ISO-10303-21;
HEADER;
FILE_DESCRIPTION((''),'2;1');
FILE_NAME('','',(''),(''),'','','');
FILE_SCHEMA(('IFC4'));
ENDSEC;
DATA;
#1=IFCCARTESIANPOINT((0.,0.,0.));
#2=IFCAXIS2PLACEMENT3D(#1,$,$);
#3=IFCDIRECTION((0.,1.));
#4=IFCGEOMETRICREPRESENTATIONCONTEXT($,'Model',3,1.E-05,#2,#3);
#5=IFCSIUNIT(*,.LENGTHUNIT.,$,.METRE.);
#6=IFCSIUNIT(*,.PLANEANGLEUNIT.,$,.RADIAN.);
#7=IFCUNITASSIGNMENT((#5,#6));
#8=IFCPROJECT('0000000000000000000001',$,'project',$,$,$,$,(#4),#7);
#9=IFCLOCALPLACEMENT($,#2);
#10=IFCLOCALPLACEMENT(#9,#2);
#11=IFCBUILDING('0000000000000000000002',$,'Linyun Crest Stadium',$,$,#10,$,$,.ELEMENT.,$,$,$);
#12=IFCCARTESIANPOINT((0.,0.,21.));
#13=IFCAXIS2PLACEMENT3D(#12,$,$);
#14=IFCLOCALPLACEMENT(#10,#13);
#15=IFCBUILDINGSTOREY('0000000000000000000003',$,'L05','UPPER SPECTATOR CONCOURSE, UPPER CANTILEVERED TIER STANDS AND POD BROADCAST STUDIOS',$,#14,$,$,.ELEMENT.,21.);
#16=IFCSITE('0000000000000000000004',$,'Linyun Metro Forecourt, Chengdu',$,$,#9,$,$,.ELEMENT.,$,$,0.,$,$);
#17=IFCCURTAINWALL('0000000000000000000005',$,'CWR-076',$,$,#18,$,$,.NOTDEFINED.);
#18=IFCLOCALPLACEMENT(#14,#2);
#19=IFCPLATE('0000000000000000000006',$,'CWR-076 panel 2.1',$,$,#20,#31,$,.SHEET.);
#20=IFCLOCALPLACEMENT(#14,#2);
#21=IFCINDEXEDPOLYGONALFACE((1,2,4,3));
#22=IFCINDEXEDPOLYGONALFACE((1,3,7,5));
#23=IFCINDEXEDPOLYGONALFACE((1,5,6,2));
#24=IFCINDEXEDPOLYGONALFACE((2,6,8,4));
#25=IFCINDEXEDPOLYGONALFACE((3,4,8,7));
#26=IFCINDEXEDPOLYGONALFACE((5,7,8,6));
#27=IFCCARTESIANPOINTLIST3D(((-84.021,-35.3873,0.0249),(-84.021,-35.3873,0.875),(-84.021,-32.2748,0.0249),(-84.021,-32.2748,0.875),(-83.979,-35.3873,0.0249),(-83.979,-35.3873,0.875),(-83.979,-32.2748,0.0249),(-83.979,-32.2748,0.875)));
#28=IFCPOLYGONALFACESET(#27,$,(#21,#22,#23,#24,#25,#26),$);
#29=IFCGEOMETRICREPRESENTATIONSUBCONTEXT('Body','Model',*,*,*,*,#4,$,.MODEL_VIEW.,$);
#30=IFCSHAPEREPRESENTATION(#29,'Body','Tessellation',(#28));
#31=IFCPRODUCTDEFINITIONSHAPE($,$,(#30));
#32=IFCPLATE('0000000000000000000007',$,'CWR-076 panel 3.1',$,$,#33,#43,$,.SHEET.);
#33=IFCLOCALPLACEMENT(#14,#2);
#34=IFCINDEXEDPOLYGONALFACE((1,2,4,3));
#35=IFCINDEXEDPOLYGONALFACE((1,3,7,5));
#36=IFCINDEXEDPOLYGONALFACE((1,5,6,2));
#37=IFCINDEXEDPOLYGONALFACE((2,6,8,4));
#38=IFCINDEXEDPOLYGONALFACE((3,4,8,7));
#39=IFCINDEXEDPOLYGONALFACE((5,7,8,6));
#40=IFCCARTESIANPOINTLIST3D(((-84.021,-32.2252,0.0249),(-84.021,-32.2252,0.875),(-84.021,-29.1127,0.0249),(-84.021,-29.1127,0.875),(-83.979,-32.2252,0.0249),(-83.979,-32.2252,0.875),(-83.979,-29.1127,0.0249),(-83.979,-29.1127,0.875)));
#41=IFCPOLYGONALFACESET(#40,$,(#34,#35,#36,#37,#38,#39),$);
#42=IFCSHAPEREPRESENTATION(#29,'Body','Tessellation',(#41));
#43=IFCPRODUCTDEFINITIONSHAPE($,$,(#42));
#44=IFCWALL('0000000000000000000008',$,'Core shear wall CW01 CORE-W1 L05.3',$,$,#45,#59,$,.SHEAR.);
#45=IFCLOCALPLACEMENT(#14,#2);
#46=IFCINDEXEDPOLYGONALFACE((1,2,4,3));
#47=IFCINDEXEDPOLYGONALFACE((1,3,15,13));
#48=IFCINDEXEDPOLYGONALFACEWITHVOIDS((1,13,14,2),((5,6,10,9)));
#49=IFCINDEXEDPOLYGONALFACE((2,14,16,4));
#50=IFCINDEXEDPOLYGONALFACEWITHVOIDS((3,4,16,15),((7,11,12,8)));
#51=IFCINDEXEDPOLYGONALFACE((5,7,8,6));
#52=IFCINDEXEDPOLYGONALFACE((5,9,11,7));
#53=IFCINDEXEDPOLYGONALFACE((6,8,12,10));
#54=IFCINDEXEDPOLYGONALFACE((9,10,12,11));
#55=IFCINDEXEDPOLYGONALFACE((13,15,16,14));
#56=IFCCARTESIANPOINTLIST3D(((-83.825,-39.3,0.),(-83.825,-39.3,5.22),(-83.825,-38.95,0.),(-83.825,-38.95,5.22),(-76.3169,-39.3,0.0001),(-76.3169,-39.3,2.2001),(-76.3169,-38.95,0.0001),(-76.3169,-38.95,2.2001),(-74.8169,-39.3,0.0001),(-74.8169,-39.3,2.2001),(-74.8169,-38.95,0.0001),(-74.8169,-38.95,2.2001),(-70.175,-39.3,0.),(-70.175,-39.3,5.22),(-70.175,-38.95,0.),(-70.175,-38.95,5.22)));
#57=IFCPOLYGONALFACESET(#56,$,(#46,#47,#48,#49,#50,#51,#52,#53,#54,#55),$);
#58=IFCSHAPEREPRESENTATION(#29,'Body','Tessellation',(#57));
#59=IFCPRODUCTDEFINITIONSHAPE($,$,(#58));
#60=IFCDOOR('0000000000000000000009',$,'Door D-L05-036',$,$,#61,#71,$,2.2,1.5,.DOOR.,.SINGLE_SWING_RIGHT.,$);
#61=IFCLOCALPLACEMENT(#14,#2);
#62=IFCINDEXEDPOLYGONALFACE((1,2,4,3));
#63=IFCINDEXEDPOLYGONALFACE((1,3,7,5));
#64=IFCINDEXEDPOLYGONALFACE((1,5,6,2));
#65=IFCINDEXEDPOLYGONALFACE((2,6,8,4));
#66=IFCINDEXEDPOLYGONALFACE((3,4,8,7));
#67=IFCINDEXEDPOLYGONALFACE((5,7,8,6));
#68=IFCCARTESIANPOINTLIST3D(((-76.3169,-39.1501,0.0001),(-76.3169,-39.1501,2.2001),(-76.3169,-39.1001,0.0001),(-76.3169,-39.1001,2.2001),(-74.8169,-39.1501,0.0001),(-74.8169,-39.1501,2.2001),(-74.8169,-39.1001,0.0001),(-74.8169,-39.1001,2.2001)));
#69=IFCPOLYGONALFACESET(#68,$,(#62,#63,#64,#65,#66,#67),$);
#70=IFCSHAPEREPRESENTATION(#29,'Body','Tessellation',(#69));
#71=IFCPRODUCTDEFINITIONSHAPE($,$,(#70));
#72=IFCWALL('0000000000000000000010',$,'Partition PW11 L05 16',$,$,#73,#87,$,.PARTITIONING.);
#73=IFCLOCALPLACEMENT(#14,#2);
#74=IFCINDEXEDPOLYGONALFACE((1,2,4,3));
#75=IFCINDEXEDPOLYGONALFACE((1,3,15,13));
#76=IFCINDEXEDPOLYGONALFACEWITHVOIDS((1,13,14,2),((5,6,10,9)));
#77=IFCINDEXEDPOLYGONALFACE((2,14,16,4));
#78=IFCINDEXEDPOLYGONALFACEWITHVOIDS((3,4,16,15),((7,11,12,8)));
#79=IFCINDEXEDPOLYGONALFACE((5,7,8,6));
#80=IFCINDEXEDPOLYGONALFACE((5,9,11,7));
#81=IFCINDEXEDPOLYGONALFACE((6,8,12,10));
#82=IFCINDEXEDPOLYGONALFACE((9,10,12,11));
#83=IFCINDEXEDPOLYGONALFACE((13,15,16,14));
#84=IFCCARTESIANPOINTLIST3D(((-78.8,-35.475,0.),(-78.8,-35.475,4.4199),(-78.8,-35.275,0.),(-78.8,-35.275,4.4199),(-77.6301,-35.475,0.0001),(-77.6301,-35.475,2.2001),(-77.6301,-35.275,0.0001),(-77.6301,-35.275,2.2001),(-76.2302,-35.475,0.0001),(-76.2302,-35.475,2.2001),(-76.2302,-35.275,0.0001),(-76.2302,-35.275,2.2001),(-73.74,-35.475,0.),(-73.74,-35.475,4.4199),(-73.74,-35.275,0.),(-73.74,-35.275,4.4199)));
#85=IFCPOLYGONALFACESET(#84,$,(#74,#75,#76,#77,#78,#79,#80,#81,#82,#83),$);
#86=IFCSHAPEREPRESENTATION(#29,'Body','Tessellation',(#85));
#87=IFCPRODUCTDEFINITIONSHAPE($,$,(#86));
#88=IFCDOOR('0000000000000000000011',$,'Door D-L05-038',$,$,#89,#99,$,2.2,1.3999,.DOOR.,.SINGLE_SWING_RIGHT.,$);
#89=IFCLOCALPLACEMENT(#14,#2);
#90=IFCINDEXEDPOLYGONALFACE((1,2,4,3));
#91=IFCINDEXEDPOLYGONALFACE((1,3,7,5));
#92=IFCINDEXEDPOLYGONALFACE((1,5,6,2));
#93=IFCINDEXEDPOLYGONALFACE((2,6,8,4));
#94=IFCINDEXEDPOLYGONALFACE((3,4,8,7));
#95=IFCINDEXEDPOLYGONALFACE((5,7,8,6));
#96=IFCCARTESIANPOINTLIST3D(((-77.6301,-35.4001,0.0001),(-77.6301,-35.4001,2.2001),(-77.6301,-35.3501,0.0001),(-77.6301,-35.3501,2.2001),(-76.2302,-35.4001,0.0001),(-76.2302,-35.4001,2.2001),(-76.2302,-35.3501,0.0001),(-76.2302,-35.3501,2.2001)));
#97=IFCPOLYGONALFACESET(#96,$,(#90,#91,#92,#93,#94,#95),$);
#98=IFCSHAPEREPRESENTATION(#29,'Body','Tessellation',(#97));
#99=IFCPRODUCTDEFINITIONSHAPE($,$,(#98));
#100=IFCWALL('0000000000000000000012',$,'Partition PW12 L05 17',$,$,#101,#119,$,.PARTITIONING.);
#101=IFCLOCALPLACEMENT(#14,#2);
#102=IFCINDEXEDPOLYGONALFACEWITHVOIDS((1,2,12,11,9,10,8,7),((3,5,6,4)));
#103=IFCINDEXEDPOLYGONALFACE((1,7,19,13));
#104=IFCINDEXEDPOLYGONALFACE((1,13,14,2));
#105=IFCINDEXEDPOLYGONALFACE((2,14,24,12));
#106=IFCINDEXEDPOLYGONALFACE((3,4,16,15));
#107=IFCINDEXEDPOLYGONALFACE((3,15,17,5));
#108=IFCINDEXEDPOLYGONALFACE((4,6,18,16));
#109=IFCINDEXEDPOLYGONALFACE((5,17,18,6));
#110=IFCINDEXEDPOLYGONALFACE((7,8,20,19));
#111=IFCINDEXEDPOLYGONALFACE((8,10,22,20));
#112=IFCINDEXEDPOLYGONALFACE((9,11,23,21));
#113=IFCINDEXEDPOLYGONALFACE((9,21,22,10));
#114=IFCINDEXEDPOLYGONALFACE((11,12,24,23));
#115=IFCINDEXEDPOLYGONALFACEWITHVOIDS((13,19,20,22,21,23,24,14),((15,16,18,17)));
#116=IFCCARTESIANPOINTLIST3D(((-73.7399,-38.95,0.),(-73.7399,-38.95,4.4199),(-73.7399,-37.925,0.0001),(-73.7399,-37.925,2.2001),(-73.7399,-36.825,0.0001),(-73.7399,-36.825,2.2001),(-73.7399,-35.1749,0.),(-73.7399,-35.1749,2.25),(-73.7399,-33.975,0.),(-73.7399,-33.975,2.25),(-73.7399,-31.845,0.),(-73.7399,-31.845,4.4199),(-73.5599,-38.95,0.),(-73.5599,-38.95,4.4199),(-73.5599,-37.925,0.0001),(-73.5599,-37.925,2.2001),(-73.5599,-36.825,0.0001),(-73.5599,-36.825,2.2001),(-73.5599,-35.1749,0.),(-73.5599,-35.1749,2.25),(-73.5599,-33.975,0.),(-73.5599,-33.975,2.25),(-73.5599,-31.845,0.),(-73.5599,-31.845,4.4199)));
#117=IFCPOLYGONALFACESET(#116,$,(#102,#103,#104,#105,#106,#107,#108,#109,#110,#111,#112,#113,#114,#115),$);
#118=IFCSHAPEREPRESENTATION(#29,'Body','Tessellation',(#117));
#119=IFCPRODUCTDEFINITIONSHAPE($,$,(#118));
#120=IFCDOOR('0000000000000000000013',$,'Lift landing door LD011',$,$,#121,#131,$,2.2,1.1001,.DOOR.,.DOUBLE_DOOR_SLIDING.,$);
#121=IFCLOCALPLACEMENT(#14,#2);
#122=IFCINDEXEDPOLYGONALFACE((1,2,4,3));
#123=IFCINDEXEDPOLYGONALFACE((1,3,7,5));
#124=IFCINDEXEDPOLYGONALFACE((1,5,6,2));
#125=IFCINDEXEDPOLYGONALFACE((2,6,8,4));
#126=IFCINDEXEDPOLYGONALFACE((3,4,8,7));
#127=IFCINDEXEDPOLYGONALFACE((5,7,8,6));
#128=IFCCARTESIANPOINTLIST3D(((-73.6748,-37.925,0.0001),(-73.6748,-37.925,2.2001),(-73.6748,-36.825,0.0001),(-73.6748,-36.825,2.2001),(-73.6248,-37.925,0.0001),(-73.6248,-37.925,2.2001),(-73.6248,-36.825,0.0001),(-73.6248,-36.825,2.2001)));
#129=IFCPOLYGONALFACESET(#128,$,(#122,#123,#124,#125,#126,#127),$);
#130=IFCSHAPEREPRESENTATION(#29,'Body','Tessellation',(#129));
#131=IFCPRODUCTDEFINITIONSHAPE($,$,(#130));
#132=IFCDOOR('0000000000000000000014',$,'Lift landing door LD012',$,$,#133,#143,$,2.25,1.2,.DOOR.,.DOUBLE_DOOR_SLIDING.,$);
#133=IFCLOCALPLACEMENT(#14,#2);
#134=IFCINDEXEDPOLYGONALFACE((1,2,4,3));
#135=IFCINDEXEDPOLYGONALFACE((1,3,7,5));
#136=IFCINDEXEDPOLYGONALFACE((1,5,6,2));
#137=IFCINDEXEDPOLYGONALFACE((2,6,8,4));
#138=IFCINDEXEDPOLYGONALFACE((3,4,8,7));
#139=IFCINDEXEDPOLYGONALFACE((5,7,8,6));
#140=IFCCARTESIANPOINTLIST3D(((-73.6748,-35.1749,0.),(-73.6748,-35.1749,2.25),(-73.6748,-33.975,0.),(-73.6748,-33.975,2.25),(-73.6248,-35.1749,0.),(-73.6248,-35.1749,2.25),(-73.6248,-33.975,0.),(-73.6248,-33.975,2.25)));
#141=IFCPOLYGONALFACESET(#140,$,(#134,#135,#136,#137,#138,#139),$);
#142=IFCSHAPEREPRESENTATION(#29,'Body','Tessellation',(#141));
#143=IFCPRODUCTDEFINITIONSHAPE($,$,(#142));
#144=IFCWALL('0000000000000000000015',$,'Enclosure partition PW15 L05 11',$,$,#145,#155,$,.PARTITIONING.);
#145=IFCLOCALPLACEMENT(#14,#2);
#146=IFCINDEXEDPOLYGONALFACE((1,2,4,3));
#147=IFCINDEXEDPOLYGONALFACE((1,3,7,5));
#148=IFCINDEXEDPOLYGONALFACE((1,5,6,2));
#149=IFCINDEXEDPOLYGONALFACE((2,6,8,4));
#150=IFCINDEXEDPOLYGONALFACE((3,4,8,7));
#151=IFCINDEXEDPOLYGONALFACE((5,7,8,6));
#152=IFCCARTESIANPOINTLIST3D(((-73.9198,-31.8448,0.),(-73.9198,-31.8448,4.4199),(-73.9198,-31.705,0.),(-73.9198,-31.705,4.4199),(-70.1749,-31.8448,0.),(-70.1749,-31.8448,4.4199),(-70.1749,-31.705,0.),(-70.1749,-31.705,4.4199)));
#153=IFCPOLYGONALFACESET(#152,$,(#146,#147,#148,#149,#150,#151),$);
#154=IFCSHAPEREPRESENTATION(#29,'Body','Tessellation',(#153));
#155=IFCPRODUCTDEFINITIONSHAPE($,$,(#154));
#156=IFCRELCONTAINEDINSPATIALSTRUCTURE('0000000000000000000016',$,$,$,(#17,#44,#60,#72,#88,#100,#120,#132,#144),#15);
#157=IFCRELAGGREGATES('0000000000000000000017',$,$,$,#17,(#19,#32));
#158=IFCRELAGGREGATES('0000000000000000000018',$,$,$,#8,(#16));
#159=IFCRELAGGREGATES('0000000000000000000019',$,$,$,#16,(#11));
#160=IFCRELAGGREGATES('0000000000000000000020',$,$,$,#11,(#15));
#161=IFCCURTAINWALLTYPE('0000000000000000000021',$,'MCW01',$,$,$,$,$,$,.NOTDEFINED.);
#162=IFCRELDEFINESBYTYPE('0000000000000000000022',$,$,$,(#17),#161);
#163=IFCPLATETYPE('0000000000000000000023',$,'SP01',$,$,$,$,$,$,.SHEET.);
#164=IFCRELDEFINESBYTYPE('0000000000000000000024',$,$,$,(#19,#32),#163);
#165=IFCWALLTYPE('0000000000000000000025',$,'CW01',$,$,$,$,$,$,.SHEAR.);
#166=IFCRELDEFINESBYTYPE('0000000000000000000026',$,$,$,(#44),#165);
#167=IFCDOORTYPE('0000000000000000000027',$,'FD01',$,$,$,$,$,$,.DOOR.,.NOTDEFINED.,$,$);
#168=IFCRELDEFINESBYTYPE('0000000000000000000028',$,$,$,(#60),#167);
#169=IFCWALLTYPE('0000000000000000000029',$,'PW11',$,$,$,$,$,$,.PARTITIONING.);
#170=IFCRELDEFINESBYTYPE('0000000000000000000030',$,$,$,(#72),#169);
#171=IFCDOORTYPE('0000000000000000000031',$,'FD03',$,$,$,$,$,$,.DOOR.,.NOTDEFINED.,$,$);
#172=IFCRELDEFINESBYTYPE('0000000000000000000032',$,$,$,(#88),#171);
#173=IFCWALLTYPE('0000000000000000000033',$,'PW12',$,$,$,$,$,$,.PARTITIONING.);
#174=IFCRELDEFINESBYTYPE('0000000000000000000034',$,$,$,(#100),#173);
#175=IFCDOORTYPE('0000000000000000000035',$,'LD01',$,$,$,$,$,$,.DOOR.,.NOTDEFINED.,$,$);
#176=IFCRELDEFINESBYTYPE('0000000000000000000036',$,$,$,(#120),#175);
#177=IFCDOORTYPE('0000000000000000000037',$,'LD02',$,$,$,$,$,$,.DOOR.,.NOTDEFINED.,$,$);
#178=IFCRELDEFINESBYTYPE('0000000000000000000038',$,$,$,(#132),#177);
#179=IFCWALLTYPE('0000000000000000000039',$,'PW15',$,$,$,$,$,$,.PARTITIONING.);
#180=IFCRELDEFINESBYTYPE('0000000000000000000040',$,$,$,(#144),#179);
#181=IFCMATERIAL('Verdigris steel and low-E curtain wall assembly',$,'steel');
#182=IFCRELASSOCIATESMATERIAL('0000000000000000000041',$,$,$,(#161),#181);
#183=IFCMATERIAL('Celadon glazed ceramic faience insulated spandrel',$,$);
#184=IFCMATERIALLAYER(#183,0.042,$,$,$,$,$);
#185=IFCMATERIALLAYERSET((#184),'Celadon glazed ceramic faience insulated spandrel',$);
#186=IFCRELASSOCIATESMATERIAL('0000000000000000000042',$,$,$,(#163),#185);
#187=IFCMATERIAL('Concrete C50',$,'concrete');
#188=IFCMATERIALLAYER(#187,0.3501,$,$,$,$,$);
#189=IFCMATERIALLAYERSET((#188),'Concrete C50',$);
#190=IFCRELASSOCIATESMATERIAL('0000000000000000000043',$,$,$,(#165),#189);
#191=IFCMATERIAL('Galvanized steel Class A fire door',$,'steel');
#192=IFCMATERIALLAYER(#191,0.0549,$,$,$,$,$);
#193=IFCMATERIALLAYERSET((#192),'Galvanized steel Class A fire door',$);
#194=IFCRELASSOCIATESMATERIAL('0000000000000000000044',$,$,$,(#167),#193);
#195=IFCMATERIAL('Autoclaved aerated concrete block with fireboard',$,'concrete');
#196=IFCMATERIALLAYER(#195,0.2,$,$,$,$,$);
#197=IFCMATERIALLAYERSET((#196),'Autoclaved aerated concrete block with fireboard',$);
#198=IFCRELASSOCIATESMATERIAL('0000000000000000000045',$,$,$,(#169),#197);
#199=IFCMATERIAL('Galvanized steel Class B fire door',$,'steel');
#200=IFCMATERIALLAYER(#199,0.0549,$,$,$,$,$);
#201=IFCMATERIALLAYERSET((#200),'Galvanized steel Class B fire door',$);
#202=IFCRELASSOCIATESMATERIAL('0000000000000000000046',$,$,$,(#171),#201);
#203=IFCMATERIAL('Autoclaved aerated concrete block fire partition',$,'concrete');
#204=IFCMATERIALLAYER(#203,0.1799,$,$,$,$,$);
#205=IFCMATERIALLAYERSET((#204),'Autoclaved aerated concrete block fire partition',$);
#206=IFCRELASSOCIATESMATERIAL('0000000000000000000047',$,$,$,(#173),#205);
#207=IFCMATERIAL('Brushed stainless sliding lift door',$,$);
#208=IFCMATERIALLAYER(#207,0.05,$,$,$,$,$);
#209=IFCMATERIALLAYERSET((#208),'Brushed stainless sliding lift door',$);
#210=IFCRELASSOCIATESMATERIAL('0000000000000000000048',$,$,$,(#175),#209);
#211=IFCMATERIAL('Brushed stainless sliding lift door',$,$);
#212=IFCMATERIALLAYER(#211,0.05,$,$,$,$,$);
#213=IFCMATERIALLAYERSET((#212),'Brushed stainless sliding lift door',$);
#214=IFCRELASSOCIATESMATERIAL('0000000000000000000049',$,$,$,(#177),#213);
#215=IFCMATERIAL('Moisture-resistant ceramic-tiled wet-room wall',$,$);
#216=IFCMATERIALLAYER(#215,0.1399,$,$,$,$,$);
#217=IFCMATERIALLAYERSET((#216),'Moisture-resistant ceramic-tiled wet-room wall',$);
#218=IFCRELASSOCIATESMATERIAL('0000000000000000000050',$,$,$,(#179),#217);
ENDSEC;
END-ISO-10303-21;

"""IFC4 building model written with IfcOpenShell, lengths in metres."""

from ifc_helpers import new_model, si_unit, direction, frame, frame_2d, origin, origin_2d, place, context, subcontext, project, spatial, rectangle, extrude, material, layer, layer_set, type_object, element, fill, aggregate, save


model = new_model("IFC4")

# Units and contexts
model_context = context("Model", 3, precision=1e-05, world=origin(), true_north=direction((0.0, 1.0)))
body_context = subcontext(model_context, "Body", "Model", "MODEL_VIEW")
ifc_project = project(units=[si_unit("LENGTHUNIT", "METRE"), si_unit("PLANEANGLEUNIT", "RADIAN")], contexts=[model_context])

# Site, building, storey
site_placement = place(None, origin())
site = spatial("IfcSite", under=ifc_project, at=site_placement, Name="Linyun Metro Forecourt, Chengdu", CompositionType="ELEMENT", RefElevation=0.0)
building_placement = place(site_placement, origin())
building = spatial("IfcBuilding", under=site, at=building_placement, Name="Linyun Crest Stadium", CompositionType="ELEMENT")
storey_placement = place(building_placement, frame((0.0, 0.0, 21.0)))
storey = spatial("IfcBuildingStorey", under=building, at=storey_placement, Name="L05", Description="UPPER SPECTATOR CONCOURSE, UPPER CANTILEVERED TIER STANDS AND POD BROADCAST STUDIOS", CompositionType="ELEMENT", Elevation=21.0)

# Curtain wall
ifc_material_1 = material(Name="Verdigris steel and low-E curtain wall assembly", Category="steel")
curtain_wall_type = type_object("IfcCurtainWallType", Name="MCW01", PredefinedType="NOTDEFINED", material=ifc_material_1)
curtain_wall_placement = place(storey_placement, origin())
curtain_wall = element("IfcCurtainWall", 1, at=curtain_wall_placement, inside=storey, type_object=curtain_wall_type, Name="CWR-076", PredefinedType="NOTDEFINED")

# Plates
ifc_material_2 = material(Name="Celadon glazed ceramic faience insulated spandrel")
ifc_layer_1 = layer(ifc_material_2, 0.042)
ifc_layer_set_1 = layer_set([ifc_layer_1], Name="Celadon glazed ceramic faience insulated spandrel")
plate_type_1 = type_object("IfcPlateType", Name="SP01", PredefinedType="SHEET", material=ifc_layer_set_1)
plate_1_placement = place(storey_placement, frame((-84.0, -33.8311, 0.0249), z_axis=(0.0, 0.0, 1.0), x_axis=(0.0, 1.0, 0.0)))
plate_1 = element("IfcPlate", 2, at=plate_1_placement, type_object=plate_type_1, Name="CWR-076 panel 2.1", PredefinedType="SHEET", context=body_context, shape_type="SweptSolid", body=[
    extrude(rectangle(XDim=3.1125, YDim=0.042, at=origin_2d()), origin(), (0.0, 0.0, 1.0), 0.8501),
])
plate_2_placement = place(storey_placement, frame((-84.0, -30.6689, 0.0249), z_axis=(0.0, 0.0, 1.0), x_axis=(0.0, 1.0, 0.0)))
plate_2 = element("IfcPlate", 3, at=plate_2_placement, type_object=plate_type_1, Name="CWR-076 panel 3.1", PredefinedType="SHEET", context=body_context, shape_type="SweptSolid", body=[
    extrude(rectangle(XDim=3.1125, YDim=0.042, at=origin_2d()), origin(), (0.0, 0.0, 1.0), 0.8501),
])
aggregate(curtain_wall, [plate_1, plate_2])

# Walls, openings, doors
ifc_material_3 = material(Name="Concrete C50", Category="concrete")
ifc_layer_2 = layer(ifc_material_3, 0.3501)
ifc_layer_set_2 = layer_set([ifc_layer_2], Name="Concrete C50")
wall_type_1 = type_object("IfcWallType", Name="CW01", PredefinedType="SHEAR", material=ifc_layer_set_2)
wall_1_placement = place(storey_placement, frame((-83.825, -39.125, 0.0), z_axis=(0.0, 0.0, 1.0), x_axis=(1.0, 0.0, 0.0)))
wall_1 = element("IfcWall", 4, at=wall_1_placement, inside=storey, type_object=wall_type_1, Name="Core shear wall CW01 CORE-W1 L05.3", PredefinedType="SHEAR", context=body_context, shape_type="SweptSolid", body=[
    extrude(rectangle(XDim=13.6499, YDim=0.3501, at=frame_2d((6.825, 0.0))), origin(), (0.0, 0.0, 1.0), 5.22),
])
opening_1_placement = place(wall_1_placement, frame((7.5081, 0.0, 0.0)))
opening_1 = element("IfcOpeningElement", 5, at=opening_1_placement, cuts=wall_1, PredefinedType="OPENING", context=body_context, shape_type="SweptSolid", body=[
    extrude(rectangle(XDim=1.5, YDim=2.2, at=frame_2d((0.75, 1.1001))), frame((0.0, 0.1851, 0.0), z_axis=(0.0, -1.0, 0.0), x_axis=(1.0, 0.0, 0.0)), (0.0, 0.0, 1.0), 0.3701),
])
ifc_material_4 = material(Name="Galvanized steel Class A fire door", Category="steel")
ifc_layer_3 = layer(ifc_material_4, 0.0549)
ifc_layer_set_3 = layer_set([ifc_layer_3], Name="Galvanized steel Class A fire door")
door_type_1 = type_object("IfcDoorType", Name="FD01", OperationType="NOTDEFINED", PredefinedType="DOOR", material=ifc_layer_set_3)
door_1_placement = place(opening_1_placement, origin())
door_1 = element("IfcDoor", 6, at=door_1_placement, inside=storey, type_object=door_type_1, Name="Door D-L05-036", OperationType="SINGLE_SWING_RIGHT", OverallHeight=2.2, OverallWidth=1.5, PredefinedType="DOOR", context=body_context, shape_type="SweptSolid", body=[
    extrude(rectangle(XDim=1.5, YDim=2.2, at=frame_2d((0.75, 1.1001))), frame((0.0, 0.0249, 0.0), z_axis=(0.0, -1.0, 0.0), x_axis=(1.0, 0.0, 0.0)), (0.0, 0.0, 1.0), 0.05),
])
fill(opening_1, door_1)
ifc_material_5 = material(Name="Autoclaved aerated concrete block with fireboard", Category="concrete")
ifc_layer_4 = layer(ifc_material_5, 0.2)
ifc_layer_set_4 = layer_set([ifc_layer_4], Name="Autoclaved aerated concrete block with fireboard")
wall_type_2 = type_object("IfcWallType", Name="PW11", PredefinedType="PARTITIONING", material=ifc_layer_set_4)
wall_2_placement = place(storey_placement, frame((-78.8, -35.375, 0.0), z_axis=(0.0, 0.0, 1.0), x_axis=(1.0, 0.0, 0.0)))
wall_2 = element("IfcWall", 7, at=wall_2_placement, inside=storey, type_object=wall_type_2, Name="Partition PW11 L05 16", PredefinedType="PARTITIONING", context=body_context, shape_type="SweptSolid", body=[
    extrude(rectangle(XDim=5.0601, YDim=0.2, at=frame_2d((2.53, 0.0))), origin(), (0.0, 0.0, 1.0), 4.4199),
])
opening_2_placement = place(wall_2_placement, frame((1.1699, 0.0, 0.0)))
opening_2 = element("IfcOpeningElement", 8, at=opening_2_placement, cuts=wall_2, PredefinedType="OPENING", context=body_context, shape_type="SweptSolid", body=[
    extrude(rectangle(XDim=1.3999, YDim=2.2, at=frame_2d((0.7, 1.1001))), frame((0.0, 0.1099, 0.0), z_axis=(0.0, -1.0, 0.0), x_axis=(1.0, 0.0, 0.0)), (0.0, 0.0, 1.0), 0.22),
])
ifc_material_6 = material(Name="Galvanized steel Class B fire door", Category="steel")
ifc_layer_5 = layer(ifc_material_6, 0.0549)
ifc_layer_set_5 = layer_set([ifc_layer_5], Name="Galvanized steel Class B fire door")
door_type_2 = type_object("IfcDoorType", Name="FD03", OperationType="NOTDEFINED", PredefinedType="DOOR", material=ifc_layer_set_5)
door_2_placement = place(opening_2_placement, origin())
door_2 = element("IfcDoor", 9, at=door_2_placement, inside=storey, type_object=door_type_2, Name="Door D-L05-038", OperationType="SINGLE_SWING_RIGHT", OverallHeight=2.2, OverallWidth=1.3999, PredefinedType="DOOR", context=body_context, shape_type="SweptSolid", body=[
    extrude(rectangle(XDim=1.3999, YDim=2.2, at=frame_2d((0.7, 1.1001))), frame((0.0, 0.0249, 0.0), z_axis=(0.0, -1.0, 0.0), x_axis=(1.0, 0.0, 0.0)), (0.0, 0.0, 1.0), 0.05),
])
fill(opening_2, door_2)

# Wall, openings, doors
ifc_material_7 = material(Name="Autoclaved aerated concrete block fire partition", Category="concrete")
ifc_layer_6 = layer(ifc_material_7, 0.1799)
ifc_layer_set_6 = layer_set([ifc_layer_6], Name="Autoclaved aerated concrete block fire partition")
wall_type_3 = type_object("IfcWallType", Name="PW12", PredefinedType="PARTITIONING", material=ifc_layer_set_6)
wall_3_placement = place(storey_placement, frame((-73.6499, -38.95, 0.0), z_axis=(0.0, 0.0, 1.0), x_axis=(0.0, 1.0, 0.0)))
wall_3 = element("IfcWall", 10, at=wall_3_placement, inside=storey, type_object=wall_type_3, Name="Partition PW12 L05 17", PredefinedType="PARTITIONING", context=body_context, shape_type="SweptSolid", body=[
    extrude(rectangle(XDim=7.105, YDim=0.1799, at=frame_2d((3.5525, 0.0))), origin(), (0.0, 0.0, 1.0), 4.4199),
])
opening_3_placement = place(wall_3_placement, frame((1.0249, 0.0, 0.0)))
opening_3 = element("IfcOpeningElement", 11, at=opening_3_placement, cuts=wall_3, PredefinedType="OPENING", context=body_context, shape_type="SweptSolid", body=[
    extrude(rectangle(XDim=1.1001, YDim=2.2, at=frame_2d((0.55, 1.1001))), frame((0.0, 0.0999, 0.0), z_axis=(0.0, -1.0, 0.0), x_axis=(1.0, 0.0, 0.0)), (0.0, 0.0, 1.0), 0.2),
])
opening_4_placement = place(wall_3_placement, frame((3.7749, 0.0, 0.0)))
opening_4 = element("IfcOpeningElement", 12, at=opening_4_placement, cuts=wall_3, PredefinedType="OPENING", context=body_context, shape_type="SweptSolid", body=[
    extrude(rectangle(XDim=1.2, YDim=2.25, at=frame_2d((0.6001, 1.125))), frame((0.0, 0.0999, 0.0), z_axis=(0.0, -1.0, 0.0), x_axis=(1.0, 0.0, 0.0)), (0.0, 0.0, 1.0), 0.2),
])
ifc_material_8 = material(Name="Brushed stainless sliding lift door")
ifc_layer_7 = layer(ifc_material_8, 0.05)
ifc_layer_set_7 = layer_set([ifc_layer_7], Name="Brushed stainless sliding lift door")
door_type_3 = type_object("IfcDoorType", Name="LD01", OperationType="NOTDEFINED", PredefinedType="DOOR", material=ifc_layer_set_7)
door_3_placement = place(opening_3_placement, origin())
door_3 = element("IfcDoor", 13, at=door_3_placement, inside=storey, type_object=door_type_3, Name="Lift landing door LD011", OperationType="DOUBLE_DOOR_SLIDING", OverallHeight=2.2, OverallWidth=1.1001, PredefinedType="DOOR", context=body_context, shape_type="SweptSolid", body=[
    extrude(rectangle(XDim=1.1001, YDim=2.2, at=frame_2d((0.55, 1.1001))), frame((0.0, 0.0249, 0.0), z_axis=(0.0, -1.0, 0.0), x_axis=(1.0, 0.0, 0.0)), (0.0, 0.0, 1.0), 0.05),
])
fill(opening_3, door_3)
ifc_material_9 = material(Name="Brushed stainless sliding lift door")
ifc_layer_8 = layer(ifc_material_9, 0.05)
ifc_layer_set_8 = layer_set([ifc_layer_8], Name="Brushed stainless sliding lift door")
door_type_4 = type_object("IfcDoorType", Name="LD02", OperationType="NOTDEFINED", PredefinedType="DOOR", material=ifc_layer_set_8)
door_4_placement = place(opening_4_placement, origin())
door_4 = element("IfcDoor", 14, at=door_4_placement, inside=storey, type_object=door_type_4, Name="Lift landing door LD012", OperationType="DOUBLE_DOOR_SLIDING", OverallHeight=2.25, OverallWidth=1.2, PredefinedType="DOOR", context=body_context, shape_type="SweptSolid", body=[
    extrude(rectangle(XDim=1.2, YDim=2.25, at=frame_2d((0.6001, 1.125))), frame((0.0, 0.0249, 0.0), z_axis=(0.0, -1.0, 0.0), x_axis=(1.0, 0.0, 0.0)), (0.0, 0.0, 1.0), 0.05),
])
fill(opening_4, door_4)
ifc_material_10 = material(Name="Moisture-resistant ceramic-tiled wet-room wall")
ifc_layer_9 = layer(ifc_material_10, 0.1399)
ifc_layer_set_9 = layer_set([ifc_layer_9], Name="Moisture-resistant ceramic-tiled wet-room wall")
wall_type_4 = type_object("IfcWallType", Name="PW15", PredefinedType="PARTITIONING", material=ifc_layer_set_9)

# Wall
wall_4_placement = place(storey_placement, frame((-73.9199, -31.7749, 0.0), z_axis=(0.0, 0.0, 1.0), x_axis=(1.0, 0.0, 0.0)))
element("IfcWall", 15, at=wall_4_placement, inside=storey, type_object=wall_type_4, Name="Enclosure partition PW15 L05 11", PredefinedType="PARTITIONING", context=body_context, shape_type="SweptSolid", body=[
    extrude(rectangle(XDim=3.7449, YDim=0.1399, at=frame_2d((1.8726, 0.0))), origin(), (0.0, 0.0, 1.0), 4.4199),
])

save(model, "model.ifc")
